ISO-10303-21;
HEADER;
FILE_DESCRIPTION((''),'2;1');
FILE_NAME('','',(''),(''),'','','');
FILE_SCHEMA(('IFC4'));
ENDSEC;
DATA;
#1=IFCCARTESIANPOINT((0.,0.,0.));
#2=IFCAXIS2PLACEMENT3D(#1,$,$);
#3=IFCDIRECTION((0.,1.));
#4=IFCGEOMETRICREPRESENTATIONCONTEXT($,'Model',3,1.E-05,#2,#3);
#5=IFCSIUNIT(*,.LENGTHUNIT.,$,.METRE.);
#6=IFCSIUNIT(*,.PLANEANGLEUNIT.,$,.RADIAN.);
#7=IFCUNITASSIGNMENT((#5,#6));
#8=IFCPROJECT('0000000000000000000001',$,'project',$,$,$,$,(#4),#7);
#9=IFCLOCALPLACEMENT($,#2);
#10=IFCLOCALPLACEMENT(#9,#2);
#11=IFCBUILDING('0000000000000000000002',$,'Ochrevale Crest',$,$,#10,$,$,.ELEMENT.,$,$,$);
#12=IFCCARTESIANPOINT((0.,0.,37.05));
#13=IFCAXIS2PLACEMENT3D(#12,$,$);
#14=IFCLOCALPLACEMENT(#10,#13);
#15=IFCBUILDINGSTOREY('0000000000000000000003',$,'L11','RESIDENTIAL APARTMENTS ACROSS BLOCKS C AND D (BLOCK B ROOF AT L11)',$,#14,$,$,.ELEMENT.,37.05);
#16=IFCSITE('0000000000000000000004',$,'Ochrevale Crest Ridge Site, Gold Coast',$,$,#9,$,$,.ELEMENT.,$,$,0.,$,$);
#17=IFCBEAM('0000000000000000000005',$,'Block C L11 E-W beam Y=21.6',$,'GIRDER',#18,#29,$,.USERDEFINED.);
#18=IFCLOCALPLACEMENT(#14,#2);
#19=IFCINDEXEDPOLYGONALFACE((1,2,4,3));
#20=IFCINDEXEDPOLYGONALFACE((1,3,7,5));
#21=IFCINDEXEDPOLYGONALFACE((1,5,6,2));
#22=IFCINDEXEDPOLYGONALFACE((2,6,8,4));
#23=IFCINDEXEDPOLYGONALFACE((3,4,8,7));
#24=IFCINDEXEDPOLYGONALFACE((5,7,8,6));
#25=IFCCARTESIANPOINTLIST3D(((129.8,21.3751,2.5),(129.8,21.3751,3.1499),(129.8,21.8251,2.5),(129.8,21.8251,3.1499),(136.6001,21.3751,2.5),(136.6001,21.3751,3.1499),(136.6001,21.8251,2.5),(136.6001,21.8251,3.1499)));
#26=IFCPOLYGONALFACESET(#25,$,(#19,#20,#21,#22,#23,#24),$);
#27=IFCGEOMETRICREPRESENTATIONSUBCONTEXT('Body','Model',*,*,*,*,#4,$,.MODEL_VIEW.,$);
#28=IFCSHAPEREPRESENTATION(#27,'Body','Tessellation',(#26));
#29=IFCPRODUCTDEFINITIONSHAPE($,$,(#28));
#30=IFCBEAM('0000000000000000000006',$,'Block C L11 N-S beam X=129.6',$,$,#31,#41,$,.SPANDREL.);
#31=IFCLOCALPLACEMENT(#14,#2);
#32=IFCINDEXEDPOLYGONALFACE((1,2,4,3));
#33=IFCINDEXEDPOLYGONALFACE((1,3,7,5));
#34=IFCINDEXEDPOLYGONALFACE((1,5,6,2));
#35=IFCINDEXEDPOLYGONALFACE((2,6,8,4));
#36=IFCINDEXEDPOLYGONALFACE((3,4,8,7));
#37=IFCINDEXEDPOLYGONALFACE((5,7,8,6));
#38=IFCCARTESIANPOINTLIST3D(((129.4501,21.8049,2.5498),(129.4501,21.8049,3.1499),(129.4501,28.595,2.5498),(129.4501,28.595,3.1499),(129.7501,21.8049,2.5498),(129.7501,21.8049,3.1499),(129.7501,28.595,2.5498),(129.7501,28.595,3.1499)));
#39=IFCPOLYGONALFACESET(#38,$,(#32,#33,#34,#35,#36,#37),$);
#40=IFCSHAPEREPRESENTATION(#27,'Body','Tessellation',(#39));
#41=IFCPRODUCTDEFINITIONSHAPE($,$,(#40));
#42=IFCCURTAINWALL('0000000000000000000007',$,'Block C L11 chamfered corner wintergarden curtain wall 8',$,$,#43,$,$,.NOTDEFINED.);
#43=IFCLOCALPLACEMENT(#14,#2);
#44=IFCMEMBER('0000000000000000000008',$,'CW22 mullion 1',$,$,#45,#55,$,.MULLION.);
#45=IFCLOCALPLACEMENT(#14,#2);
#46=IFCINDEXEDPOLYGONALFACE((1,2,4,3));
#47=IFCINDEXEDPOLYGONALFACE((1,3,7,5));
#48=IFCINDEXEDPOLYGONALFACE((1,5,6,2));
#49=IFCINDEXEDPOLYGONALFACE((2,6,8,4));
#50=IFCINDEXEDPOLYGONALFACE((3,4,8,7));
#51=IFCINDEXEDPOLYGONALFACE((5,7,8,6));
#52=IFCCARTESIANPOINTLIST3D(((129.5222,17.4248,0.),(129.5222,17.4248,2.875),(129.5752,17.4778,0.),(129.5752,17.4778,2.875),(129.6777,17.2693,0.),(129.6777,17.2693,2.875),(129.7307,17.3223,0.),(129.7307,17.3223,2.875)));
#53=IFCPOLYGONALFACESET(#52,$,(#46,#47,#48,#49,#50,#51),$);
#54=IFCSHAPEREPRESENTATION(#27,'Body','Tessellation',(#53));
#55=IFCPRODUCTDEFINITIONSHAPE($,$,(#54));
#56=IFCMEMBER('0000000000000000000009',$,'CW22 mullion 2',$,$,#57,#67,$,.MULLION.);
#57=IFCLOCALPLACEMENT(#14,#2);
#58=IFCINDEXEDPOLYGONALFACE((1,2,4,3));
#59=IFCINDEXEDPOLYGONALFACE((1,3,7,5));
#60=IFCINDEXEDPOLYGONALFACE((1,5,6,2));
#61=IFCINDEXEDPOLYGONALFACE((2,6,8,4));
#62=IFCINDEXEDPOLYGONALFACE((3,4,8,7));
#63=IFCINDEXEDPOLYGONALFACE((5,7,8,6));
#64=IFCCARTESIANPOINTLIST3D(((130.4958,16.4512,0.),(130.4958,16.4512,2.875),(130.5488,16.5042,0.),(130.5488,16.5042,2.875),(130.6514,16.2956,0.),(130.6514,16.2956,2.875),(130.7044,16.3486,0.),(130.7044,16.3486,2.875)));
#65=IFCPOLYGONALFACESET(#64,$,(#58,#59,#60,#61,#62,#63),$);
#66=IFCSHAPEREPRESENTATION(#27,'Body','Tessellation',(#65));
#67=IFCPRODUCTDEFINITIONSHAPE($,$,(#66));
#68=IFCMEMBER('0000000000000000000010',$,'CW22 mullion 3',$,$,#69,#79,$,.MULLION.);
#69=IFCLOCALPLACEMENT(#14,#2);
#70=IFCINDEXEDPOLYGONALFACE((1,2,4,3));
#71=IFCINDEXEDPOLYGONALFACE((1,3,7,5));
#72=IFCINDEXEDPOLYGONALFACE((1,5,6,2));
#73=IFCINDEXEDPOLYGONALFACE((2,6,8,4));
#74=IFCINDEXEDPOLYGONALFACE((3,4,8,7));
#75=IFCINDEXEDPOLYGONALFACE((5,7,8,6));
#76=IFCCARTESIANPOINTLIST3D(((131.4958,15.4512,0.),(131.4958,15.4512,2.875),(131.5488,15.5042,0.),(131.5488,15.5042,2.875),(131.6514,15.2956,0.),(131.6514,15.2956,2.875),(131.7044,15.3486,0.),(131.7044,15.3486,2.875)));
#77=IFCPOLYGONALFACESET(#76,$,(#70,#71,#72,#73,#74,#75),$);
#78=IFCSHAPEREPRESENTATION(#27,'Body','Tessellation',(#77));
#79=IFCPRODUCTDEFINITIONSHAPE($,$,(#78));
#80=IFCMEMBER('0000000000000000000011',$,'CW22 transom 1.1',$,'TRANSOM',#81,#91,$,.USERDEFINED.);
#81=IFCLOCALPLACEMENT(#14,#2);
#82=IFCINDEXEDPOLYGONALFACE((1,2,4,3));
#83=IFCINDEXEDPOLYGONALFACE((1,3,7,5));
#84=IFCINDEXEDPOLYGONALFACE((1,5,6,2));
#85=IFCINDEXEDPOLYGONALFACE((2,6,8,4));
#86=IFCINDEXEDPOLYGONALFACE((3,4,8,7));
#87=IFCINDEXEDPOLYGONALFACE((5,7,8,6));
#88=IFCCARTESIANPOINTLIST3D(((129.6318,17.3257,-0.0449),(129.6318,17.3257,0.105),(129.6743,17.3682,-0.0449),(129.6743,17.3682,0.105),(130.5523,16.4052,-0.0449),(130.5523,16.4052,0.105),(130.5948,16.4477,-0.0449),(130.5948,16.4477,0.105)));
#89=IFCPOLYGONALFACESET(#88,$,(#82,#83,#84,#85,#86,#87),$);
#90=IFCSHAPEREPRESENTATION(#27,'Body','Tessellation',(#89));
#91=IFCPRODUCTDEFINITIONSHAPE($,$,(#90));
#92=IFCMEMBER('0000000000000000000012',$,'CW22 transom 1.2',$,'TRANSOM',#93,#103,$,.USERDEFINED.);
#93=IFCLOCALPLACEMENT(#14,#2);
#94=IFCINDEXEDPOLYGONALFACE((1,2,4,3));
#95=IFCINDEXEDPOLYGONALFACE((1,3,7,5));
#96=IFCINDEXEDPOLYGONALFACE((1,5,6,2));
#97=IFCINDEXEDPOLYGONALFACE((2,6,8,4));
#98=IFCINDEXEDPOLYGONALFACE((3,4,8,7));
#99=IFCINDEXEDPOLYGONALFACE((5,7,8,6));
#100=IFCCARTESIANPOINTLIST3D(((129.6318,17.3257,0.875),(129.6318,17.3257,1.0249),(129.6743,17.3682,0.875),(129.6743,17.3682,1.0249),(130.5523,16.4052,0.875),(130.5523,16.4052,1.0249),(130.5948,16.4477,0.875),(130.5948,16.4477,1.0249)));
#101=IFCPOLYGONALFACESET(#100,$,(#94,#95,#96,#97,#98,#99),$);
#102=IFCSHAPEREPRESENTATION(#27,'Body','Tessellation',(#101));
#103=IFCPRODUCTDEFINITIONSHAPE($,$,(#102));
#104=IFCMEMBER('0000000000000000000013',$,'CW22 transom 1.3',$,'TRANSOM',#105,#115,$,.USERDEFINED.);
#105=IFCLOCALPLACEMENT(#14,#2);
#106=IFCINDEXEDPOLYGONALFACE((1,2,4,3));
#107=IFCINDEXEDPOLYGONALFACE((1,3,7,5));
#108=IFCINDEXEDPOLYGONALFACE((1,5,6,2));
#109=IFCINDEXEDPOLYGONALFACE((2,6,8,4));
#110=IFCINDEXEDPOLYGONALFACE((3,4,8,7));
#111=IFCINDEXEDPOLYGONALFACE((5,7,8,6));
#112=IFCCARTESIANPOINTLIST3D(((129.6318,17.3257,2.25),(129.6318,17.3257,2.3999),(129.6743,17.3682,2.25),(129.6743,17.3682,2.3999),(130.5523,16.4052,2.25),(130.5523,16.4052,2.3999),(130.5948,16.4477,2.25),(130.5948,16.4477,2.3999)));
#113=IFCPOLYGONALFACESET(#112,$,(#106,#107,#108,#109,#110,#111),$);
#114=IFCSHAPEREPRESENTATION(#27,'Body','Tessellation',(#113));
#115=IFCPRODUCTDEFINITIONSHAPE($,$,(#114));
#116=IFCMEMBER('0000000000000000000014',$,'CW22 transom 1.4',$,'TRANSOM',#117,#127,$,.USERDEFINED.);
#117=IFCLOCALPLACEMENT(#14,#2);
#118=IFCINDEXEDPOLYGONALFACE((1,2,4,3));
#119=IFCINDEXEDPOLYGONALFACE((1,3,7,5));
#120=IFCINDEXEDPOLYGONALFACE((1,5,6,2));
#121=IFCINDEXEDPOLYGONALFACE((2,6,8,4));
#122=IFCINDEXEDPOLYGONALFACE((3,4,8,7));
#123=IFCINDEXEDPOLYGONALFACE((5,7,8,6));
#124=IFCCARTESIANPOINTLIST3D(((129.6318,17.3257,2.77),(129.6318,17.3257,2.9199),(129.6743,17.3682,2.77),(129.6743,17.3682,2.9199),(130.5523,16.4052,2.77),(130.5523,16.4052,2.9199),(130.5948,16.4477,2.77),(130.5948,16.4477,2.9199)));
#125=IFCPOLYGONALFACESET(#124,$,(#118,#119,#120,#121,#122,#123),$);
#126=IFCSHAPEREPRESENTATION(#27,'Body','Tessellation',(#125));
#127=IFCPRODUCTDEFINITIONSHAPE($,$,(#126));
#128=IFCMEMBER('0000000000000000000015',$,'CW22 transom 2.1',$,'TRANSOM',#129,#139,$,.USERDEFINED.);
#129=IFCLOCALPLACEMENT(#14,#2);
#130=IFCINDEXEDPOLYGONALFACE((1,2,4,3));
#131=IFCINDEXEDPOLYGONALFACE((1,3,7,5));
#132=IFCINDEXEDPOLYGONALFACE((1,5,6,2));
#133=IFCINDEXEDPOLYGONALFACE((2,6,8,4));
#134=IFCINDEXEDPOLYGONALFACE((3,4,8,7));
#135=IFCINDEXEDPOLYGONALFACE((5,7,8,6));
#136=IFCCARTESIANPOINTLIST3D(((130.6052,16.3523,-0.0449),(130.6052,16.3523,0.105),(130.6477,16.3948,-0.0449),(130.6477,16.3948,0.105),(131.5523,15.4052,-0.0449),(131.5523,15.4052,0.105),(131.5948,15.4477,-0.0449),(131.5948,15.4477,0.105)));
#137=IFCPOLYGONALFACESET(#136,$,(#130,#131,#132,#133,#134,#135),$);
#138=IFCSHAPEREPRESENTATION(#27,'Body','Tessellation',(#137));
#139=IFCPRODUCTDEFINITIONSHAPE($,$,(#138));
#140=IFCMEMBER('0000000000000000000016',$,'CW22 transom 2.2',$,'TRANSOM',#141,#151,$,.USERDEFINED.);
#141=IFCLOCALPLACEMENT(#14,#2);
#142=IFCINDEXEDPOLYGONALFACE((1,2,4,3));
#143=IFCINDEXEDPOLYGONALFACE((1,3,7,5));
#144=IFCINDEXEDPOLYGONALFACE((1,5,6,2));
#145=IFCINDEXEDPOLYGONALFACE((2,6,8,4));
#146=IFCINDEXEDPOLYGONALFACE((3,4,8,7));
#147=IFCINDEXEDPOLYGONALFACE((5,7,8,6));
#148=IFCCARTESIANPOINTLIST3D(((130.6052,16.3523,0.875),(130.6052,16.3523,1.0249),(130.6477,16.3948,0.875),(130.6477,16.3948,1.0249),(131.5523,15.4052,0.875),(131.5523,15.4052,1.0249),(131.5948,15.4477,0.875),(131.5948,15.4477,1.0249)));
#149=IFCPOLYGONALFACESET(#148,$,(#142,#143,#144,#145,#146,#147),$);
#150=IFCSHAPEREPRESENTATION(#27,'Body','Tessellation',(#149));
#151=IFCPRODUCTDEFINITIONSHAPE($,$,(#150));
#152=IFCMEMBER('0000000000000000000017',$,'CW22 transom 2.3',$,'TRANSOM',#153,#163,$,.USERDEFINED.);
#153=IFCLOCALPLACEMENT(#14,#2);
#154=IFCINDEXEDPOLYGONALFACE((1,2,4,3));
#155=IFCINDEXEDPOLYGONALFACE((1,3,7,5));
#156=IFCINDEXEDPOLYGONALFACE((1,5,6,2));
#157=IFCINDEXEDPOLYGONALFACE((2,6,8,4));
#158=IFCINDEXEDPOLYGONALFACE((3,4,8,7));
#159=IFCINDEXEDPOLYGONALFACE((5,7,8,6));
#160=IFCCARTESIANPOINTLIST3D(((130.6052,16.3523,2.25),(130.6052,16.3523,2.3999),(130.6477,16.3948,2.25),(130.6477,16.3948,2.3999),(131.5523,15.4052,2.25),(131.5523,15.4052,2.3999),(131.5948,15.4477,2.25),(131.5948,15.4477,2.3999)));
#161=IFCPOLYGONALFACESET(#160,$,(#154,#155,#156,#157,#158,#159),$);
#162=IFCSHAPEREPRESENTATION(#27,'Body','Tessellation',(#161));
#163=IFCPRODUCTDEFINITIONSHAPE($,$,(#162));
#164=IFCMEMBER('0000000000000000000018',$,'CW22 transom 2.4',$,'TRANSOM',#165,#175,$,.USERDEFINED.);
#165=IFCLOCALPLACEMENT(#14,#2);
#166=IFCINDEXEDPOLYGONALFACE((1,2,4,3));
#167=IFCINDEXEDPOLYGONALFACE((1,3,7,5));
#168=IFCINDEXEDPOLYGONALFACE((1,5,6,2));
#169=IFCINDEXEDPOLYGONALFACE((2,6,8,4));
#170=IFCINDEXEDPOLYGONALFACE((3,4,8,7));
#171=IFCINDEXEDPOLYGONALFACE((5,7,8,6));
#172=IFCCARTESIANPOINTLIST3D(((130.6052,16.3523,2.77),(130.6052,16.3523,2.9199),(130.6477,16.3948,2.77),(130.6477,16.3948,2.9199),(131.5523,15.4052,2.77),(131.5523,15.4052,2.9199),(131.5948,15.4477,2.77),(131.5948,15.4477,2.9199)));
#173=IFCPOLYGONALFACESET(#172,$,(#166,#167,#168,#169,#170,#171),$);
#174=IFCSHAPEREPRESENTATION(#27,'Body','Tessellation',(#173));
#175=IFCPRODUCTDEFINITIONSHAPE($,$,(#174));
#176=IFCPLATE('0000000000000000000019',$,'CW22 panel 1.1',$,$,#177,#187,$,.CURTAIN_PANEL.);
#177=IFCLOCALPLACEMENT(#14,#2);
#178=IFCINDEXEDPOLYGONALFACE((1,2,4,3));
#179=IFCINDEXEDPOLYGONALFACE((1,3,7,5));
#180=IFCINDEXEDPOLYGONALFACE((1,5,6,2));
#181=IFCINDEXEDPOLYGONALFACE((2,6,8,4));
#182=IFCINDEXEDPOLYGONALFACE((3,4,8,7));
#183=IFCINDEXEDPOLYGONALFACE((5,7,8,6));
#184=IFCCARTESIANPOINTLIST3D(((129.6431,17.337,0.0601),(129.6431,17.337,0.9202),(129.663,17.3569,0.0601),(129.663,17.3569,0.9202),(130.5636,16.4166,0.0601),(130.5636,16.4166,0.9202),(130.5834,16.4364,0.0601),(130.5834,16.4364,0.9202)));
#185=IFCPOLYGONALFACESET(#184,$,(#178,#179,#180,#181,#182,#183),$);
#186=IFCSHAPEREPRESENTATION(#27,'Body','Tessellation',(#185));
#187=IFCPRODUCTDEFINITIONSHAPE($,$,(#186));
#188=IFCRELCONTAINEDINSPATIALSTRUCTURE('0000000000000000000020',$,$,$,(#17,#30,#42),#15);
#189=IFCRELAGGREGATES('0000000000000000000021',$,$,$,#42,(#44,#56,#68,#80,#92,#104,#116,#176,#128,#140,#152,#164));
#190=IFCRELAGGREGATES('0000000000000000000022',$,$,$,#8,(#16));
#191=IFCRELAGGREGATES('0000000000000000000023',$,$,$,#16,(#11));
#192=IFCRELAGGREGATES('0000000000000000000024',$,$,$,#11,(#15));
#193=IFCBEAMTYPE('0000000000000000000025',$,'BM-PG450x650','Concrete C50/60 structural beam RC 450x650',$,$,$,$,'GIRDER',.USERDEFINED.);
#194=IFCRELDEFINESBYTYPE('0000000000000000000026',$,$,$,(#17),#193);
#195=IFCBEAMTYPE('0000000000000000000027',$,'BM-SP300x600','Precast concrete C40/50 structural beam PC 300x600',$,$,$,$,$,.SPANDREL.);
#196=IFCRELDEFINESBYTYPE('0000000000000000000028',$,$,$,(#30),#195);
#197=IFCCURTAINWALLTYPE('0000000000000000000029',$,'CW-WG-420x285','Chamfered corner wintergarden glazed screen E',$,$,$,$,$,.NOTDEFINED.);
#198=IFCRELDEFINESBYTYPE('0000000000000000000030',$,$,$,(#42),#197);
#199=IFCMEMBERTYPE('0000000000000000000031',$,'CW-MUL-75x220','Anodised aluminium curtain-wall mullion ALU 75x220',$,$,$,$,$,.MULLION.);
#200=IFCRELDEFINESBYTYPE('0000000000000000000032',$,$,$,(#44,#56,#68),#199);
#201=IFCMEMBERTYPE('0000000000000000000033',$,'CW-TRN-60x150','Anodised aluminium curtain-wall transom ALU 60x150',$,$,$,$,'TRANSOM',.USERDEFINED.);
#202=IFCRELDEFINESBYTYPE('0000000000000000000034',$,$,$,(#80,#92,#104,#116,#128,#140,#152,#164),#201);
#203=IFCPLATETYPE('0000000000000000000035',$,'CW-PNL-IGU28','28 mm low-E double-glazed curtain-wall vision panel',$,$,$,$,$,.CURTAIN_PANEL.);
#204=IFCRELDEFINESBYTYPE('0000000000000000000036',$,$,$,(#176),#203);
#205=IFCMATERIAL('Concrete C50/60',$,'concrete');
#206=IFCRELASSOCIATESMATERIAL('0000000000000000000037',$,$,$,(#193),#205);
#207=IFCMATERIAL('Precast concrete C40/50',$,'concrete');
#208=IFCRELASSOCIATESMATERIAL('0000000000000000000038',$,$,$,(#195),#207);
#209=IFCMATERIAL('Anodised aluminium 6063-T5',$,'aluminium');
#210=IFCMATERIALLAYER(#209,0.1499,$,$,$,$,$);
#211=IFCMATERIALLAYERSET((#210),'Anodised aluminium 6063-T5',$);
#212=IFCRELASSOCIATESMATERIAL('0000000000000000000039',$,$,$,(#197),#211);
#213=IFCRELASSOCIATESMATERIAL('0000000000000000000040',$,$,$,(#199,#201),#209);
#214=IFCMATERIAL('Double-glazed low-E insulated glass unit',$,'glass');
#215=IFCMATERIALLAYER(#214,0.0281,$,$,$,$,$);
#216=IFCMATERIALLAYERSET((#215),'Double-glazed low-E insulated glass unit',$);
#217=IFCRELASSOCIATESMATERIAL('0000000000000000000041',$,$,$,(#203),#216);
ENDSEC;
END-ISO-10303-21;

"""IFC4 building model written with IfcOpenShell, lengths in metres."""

from ifc_helpers import new_model, si_unit, direction, frame, origin, origin_2d, place, context, subcontext, project, spatial, rectangle, extrude, material, layer, layer_set, material_profile, profile_set, type_object, element, aggregate, save


model = new_model("IFC4")

# Units and contexts
model_context = context("Model", 3, precision=1e-05, world=origin(), true_north=direction((0.0, 1.0)))
body_context = subcontext(model_context, "Body", "Model", "MODEL_VIEW")
ifc_project = project(units=[si_unit("LENGTHUNIT", "METRE"), si_unit("PLANEANGLEUNIT", "RADIAN")], contexts=[model_context])

# Site, building, storey
site_placement = place(None, origin())
site = spatial("IfcSite", under=ifc_project, at=site_placement, Name="Ochrevale Crest Ridge Site, Gold Coast", CompositionType="ELEMENT", RefElevation=0.0)
building_placement = place(site_placement, origin())
building = spatial("IfcBuilding", under=site, at=building_placement, Name="Ochrevale Crest", CompositionType="ELEMENT")
storey_placement = place(building_placement, frame((0.0, 0.0, 37.05)))
storey = spatial("IfcBuildingStorey", under=building, at=storey_placement, Name="L11", Description="RESIDENTIAL APARTMENTS ACROSS BLOCKS C AND D (BLOCK B ROOF AT L11)", CompositionType="ELEMENT", Elevation=37.05)

# Beams
ifc_material_1 = material(Name="Concrete C50/60", Category="concrete")
ifc_material_profile_1 = material_profile(ifc_material_1, rectangle(XDim=0.45, YDim=0.6499, at=origin_2d()), Name="RC 450x650")
ifc_profile_set_1 = profile_set([ifc_material_profile_1], Name="Concrete C50/60")
beam_type_1 = type_object("IfcBeamType", Name="BM-PG450x650", Description="Concrete C50/60 structural beam RC 450x650", ElementType="GIRDER", PredefinedType="USERDEFINED", material=ifc_profile_set_1)
beam_1_placement = place(storey_placement, frame((129.8, 21.6001, 2.825), z_axis=(1.0, 0.0, 0.0), x_axis=(0.0, 1.0, 0.0)))
element("IfcBeam", 1, at=beam_1_placement, inside=storey, type_object=beam_type_1, Name="Block C L11 E-W beam Y=21.6", ObjectType="GIRDER", PredefinedType="USERDEFINED", context=body_context, shape_type="SweptSolid", body=[
    extrude(rectangle(XDim=0.45, YDim=0.6499, at=origin_2d()), origin(), (0.0, 0.0, 1.0), 6.8),
])
ifc_material_2 = material(Name="Precast concrete C40/50", Category="concrete")
ifc_material_profile_2 = material_profile(ifc_material_2, rectangle(XDim=0.3, YDim=0.6001, at=origin_2d()), Name="PC 300x600")
ifc_profile_set_2 = profile_set([ifc_material_profile_2], Name="Precast concrete C40/50")
beam_type_2 = type_object("IfcBeamType", Name="BM-SP300x600", Description="Precast concrete C40/50 structural beam PC 300x600", PredefinedType="SPANDREL", material=ifc_profile_set_2)
beam_2_placement = place(storey_placement, frame((129.6001, 21.8049, 2.8499), z_axis=(0.0, 1.0, 0.0), x_axis=(-1.0, 0.0, 0.0)))
element("IfcBeam", 2, at=beam_2_placement, inside=storey, type_object=beam_type_2, Name="Block C L11 N-S beam X=129.6", PredefinedType="SPANDREL", context=body_context, shape_type="SweptSolid", body=[
    extrude(rectangle(XDim=0.3, YDim=0.6001, at=origin_2d()), origin(), (0.0, 0.0, 1.0), 6.79),
])

# Curtain wall, members, plate
ifc_material_3 = material(Name="Anodised aluminium 6063-T5", Category="aluminium")
ifc_layer_1 = layer(ifc_material_3, 0.1499)
ifc_layer_set_1 = layer_set([ifc_layer_1], Name="Anodised aluminium 6063-T5")
curtain_wall_type = type_object("IfcCurtainWallType", Name="CW-WG-420x285", Description="Chamfered corner wintergarden glazed screen E", PredefinedType="NOTDEFINED", material=ifc_layer_set_1)
curtain_wall_placement = place(storey_placement, origin())
curtain_wall = element("IfcCurtainWall", 3, at=curtain_wall_placement, inside=storey, type_object=curtain_wall_type, Name="Block C L11 chamfered corner wintergarden curtain wall 8", PredefinedType="NOTDEFINED")
ifc_material_profile_3 = material_profile(ifc_material_3, rectangle(XDim=0.075, YDim=0.22, at=origin_2d()), Name="ALU 75x220")
ifc_profile_set_3 = profile_set([ifc_material_profile_3], Name="Anodised aluminium 6063-T5")
member_type_1 = type_object("IfcMemberType", Name="CW-MUL-75x220", Description="Anodised aluminium curtain-wall mullion ALU 75x220", PredefinedType="MULLION", material=ifc_profile_set_3)
member_1_placement = place(storey_placement, frame((129.6265, 17.3735, 0.0), z_axis=(0.0, 0.0, 1.0), x_axis=(0.707107, 0.707107, 0.0)))
member_1 = element("IfcMember", 4, at=member_1_placement, type_object=member_type_1, Name="CW22 mullion 1", PredefinedType="MULLION", context=body_context, shape_type="SweptSolid", body=[
    extrude(rectangle(XDim=0.075, YDim=0.22, at=origin_2d()), origin(), (0.0, 0.0, 1.0), 2.875),
])
member_2_placement = place(storey_placement, frame((130.6001, 16.3999, 0.0), z_axis=(0.0, 0.0, 1.0), x_axis=(0.707107, 0.707107, 0.0)))
member_2 = element("IfcMember", 5, at=member_2_placement, type_object=member_type_1, Name="CW22 mullion 2", PredefinedType="MULLION", context=body_context, shape_type="SweptSolid", body=[
    extrude(rectangle(XDim=0.075, YDim=0.22, at=origin_2d()), origin(), (0.0, 0.0, 1.0), 2.875),
])
member_3_placement = place(storey_placement, frame((131.6001, 15.3999, 0.0), z_axis=(0.0, 0.0, 1.0), x_axis=(0.707107, 0.707107, 0.0)))
member_3 = element("IfcMember", 6, at=member_3_placement, type_object=member_type_1, Name="CW22 mullion 3", PredefinedType="MULLION", context=body_context, shape_type="SweptSolid", body=[
    extrude(rectangle(XDim=0.075, YDim=0.22, at=origin_2d()), origin(), (0.0, 0.0, 1.0), 2.875),
])
ifc_material_profile_4 = material_profile(ifc_material_3, rectangle(XDim=0.0601, YDim=0.1499, at=origin_2d()), Name="ALU 60x150")
ifc_profile_set_4 = profile_set([ifc_material_profile_4], Name="Anodised aluminium 6063-T5")
member_type_2 = type_object("IfcMemberType", Name="CW-TRN-60x150", Description="Anodised aluminium curtain-wall transom ALU 60x150", ElementType="TRANSOM", PredefinedType="USERDEFINED", material=ifc_profile_set_4)
member_4_placement = place(storey_placement, frame((129.6531, 17.3469, 0.03), z_axis=(0.707107, -0.707107, 0.0), x_axis=(0.707107, 0.707107, 0.0)))
member_4 = element("IfcMember", 7, at=member_4_placement, type_object=member_type_2, Name="CW22 transom 1.1", ObjectType="TRANSOM", PredefinedType="USERDEFINED", context=body_context, shape_type="SweptSolid", body=[
    extrude(rectangle(XDim=0.0601, YDim=0.1499, at=origin_2d()), origin(), (0.0, 0.0, 1.0), 1.3018),
])
member_5_placement = place(storey_placement, frame((129.6531, 17.3469, 0.95), z_axis=(0.707107, -0.707107, 0.0), x_axis=(0.707107, 0.707107, 0.0)))
member_5 = element("IfcMember", 8, at=member_5_placement, type_object=member_type_2, Name="CW22 transom 1.2", ObjectType="TRANSOM", PredefinedType="USERDEFINED", context=body_context, shape_type="SweptSolid", body=[
    extrude(rectangle(XDim=0.0601, YDim=0.1499, at=origin_2d()), origin(), (0.0, 0.0, 1.0), 1.3018),
])
member_6_placement = place(storey_placement, frame((129.6531, 17.3469, 2.325), z_axis=(0.707107, -0.707107, 0.0), x_axis=(0.707107, 0.707107, 0.0)))
member_6 = element("IfcMember", 9, at=member_6_placement, type_object=member_type_2, Name="CW22 transom 1.3", ObjectType="TRANSOM", PredefinedType="USERDEFINED", context=body_context, shape_type="SweptSolid", body=[
    extrude(rectangle(XDim=0.0601, YDim=0.1499, at=origin_2d()), origin(), (0.0, 0.0, 1.0), 1.3018),
])
member_7_placement = place(storey_placement, frame((129.6531, 17.3469, 2.845), z_axis=(0.707107, -0.707107, 0.0), x_axis=(0.707107, 0.707107, 0.0)))
member_7 = element("IfcMember", 10, at=member_7_placement, type_object=member_type_2, Name="CW22 transom 1.4", ObjectType="TRANSOM", PredefinedType="USERDEFINED", context=body_context, shape_type="SweptSolid", body=[
    extrude(rectangle(XDim=0.0601, YDim=0.1499, at=origin_2d()), origin(), (0.0, 0.0, 1.0), 1.3018),
])
member_8_placement = place(storey_placement, frame((130.6265, 16.3735, 0.03), z_axis=(0.707107, -0.707107, 0.0), x_axis=(0.707107, 0.707107, 0.0)))
member_8 = element("IfcMember", 11, at=member_8_placement, type_object=member_type_2, Name="CW22 transom 2.1", ObjectType="TRANSOM", PredefinedType="USERDEFINED", context=body_context, shape_type="SweptSolid", body=[
    extrude(rectangle(XDim=0.0601, YDim=0.1499, at=origin_2d()), origin(), (0.0, 0.0, 1.0), 1.3394),
])
member_9_placement = place(storey_placement, frame((130.6265, 16.3735, 0.95), z_axis=(0.707107, -0.707107, 0.0), x_axis=(0.707107, 0.707107, 0.0)))
member_9 = element("IfcMember", 12, at=member_9_placement, type_object=member_type_2, Name="CW22 transom 2.2", ObjectType="TRANSOM", PredefinedType="USERDEFINED", context=body_context, shape_type="SweptSolid", body=[
    extrude(rectangle(XDim=0.0601, YDim=0.1499, at=origin_2d()), origin(), (0.0, 0.0, 1.0), 1.3394),
])
member_10_placement = place(storey_placement, frame((130.6265, 16.3735, 2.325), z_axis=(0.707107, -0.707107, 0.0), x_axis=(0.707107, 0.707107, 0.0)))
member_10 = element("IfcMember", 13, at=member_10_placement, type_object=member_type_2, Name="CW22 transom 2.3", ObjectType="TRANSOM", PredefinedType="USERDEFINED", context=body_context, shape_type="SweptSolid", body=[
    extrude(rectangle(XDim=0.0601, YDim=0.1499, at=origin_2d()), origin(), (0.0, 0.0, 1.0), 1.3394),
])
member_11_placement = place(storey_placement, frame((130.6265, 16.3735, 2.845), z_axis=(0.707107, -0.707107, 0.0), x_axis=(0.707107, 0.707107, 0.0)))
member_11 = element("IfcMember", 14, at=member_11_placement, type_object=member_type_2, Name="CW22 transom 2.4", ObjectType="TRANSOM", PredefinedType="USERDEFINED", context=body_context, shape_type="SweptSolid", body=[
    extrude(rectangle(XDim=0.0601, YDim=0.1499, at=origin_2d()), origin(), (0.0, 0.0, 1.0), 1.3394),
])
ifc_material_4 = material(Name="Double-glazed low-E insulated glass unit", Category="glass")
ifc_layer_2 = layer(ifc_material_4, 0.0281)
ifc_layer_set_2 = layer_set([ifc_layer_2], Name="Double-glazed low-E insulated glass unit")
plate_type = type_object("IfcPlateType", Name="CW-PNL-IGU28", Description="28 mm low-E double-glazed curtain-wall vision panel", PredefinedType="CURTAIN_PANEL", material=ifc_layer_set_2)
plate_1_placement = place(storey_placement, frame((130.1133, 16.8867, 0.0601), z_axis=(0.0, 0.0, 1.0), x_axis=(0.707107, -0.707107, 0.0)))
plate_1 = element("IfcPlate", 15, at=plate_1_placement, type_object=plate_type, Name="CW22 panel 1.1", PredefinedType="CURTAIN_PANEL", context=body_context, shape_type="SweptSolid", body=[
    extrude(rectangle(XDim=1.3018, YDim=0.0281, at=origin_2d()), origin(), (0.0, 0.0, 1.0), 0.8601),
])
aggregate(curtain_wall, [member_1, member_2, member_3, member_4, member_5, member_6, member_7, plate_1, member_8, member_9, member_10, member_11])

save(model, "model.ifc")
